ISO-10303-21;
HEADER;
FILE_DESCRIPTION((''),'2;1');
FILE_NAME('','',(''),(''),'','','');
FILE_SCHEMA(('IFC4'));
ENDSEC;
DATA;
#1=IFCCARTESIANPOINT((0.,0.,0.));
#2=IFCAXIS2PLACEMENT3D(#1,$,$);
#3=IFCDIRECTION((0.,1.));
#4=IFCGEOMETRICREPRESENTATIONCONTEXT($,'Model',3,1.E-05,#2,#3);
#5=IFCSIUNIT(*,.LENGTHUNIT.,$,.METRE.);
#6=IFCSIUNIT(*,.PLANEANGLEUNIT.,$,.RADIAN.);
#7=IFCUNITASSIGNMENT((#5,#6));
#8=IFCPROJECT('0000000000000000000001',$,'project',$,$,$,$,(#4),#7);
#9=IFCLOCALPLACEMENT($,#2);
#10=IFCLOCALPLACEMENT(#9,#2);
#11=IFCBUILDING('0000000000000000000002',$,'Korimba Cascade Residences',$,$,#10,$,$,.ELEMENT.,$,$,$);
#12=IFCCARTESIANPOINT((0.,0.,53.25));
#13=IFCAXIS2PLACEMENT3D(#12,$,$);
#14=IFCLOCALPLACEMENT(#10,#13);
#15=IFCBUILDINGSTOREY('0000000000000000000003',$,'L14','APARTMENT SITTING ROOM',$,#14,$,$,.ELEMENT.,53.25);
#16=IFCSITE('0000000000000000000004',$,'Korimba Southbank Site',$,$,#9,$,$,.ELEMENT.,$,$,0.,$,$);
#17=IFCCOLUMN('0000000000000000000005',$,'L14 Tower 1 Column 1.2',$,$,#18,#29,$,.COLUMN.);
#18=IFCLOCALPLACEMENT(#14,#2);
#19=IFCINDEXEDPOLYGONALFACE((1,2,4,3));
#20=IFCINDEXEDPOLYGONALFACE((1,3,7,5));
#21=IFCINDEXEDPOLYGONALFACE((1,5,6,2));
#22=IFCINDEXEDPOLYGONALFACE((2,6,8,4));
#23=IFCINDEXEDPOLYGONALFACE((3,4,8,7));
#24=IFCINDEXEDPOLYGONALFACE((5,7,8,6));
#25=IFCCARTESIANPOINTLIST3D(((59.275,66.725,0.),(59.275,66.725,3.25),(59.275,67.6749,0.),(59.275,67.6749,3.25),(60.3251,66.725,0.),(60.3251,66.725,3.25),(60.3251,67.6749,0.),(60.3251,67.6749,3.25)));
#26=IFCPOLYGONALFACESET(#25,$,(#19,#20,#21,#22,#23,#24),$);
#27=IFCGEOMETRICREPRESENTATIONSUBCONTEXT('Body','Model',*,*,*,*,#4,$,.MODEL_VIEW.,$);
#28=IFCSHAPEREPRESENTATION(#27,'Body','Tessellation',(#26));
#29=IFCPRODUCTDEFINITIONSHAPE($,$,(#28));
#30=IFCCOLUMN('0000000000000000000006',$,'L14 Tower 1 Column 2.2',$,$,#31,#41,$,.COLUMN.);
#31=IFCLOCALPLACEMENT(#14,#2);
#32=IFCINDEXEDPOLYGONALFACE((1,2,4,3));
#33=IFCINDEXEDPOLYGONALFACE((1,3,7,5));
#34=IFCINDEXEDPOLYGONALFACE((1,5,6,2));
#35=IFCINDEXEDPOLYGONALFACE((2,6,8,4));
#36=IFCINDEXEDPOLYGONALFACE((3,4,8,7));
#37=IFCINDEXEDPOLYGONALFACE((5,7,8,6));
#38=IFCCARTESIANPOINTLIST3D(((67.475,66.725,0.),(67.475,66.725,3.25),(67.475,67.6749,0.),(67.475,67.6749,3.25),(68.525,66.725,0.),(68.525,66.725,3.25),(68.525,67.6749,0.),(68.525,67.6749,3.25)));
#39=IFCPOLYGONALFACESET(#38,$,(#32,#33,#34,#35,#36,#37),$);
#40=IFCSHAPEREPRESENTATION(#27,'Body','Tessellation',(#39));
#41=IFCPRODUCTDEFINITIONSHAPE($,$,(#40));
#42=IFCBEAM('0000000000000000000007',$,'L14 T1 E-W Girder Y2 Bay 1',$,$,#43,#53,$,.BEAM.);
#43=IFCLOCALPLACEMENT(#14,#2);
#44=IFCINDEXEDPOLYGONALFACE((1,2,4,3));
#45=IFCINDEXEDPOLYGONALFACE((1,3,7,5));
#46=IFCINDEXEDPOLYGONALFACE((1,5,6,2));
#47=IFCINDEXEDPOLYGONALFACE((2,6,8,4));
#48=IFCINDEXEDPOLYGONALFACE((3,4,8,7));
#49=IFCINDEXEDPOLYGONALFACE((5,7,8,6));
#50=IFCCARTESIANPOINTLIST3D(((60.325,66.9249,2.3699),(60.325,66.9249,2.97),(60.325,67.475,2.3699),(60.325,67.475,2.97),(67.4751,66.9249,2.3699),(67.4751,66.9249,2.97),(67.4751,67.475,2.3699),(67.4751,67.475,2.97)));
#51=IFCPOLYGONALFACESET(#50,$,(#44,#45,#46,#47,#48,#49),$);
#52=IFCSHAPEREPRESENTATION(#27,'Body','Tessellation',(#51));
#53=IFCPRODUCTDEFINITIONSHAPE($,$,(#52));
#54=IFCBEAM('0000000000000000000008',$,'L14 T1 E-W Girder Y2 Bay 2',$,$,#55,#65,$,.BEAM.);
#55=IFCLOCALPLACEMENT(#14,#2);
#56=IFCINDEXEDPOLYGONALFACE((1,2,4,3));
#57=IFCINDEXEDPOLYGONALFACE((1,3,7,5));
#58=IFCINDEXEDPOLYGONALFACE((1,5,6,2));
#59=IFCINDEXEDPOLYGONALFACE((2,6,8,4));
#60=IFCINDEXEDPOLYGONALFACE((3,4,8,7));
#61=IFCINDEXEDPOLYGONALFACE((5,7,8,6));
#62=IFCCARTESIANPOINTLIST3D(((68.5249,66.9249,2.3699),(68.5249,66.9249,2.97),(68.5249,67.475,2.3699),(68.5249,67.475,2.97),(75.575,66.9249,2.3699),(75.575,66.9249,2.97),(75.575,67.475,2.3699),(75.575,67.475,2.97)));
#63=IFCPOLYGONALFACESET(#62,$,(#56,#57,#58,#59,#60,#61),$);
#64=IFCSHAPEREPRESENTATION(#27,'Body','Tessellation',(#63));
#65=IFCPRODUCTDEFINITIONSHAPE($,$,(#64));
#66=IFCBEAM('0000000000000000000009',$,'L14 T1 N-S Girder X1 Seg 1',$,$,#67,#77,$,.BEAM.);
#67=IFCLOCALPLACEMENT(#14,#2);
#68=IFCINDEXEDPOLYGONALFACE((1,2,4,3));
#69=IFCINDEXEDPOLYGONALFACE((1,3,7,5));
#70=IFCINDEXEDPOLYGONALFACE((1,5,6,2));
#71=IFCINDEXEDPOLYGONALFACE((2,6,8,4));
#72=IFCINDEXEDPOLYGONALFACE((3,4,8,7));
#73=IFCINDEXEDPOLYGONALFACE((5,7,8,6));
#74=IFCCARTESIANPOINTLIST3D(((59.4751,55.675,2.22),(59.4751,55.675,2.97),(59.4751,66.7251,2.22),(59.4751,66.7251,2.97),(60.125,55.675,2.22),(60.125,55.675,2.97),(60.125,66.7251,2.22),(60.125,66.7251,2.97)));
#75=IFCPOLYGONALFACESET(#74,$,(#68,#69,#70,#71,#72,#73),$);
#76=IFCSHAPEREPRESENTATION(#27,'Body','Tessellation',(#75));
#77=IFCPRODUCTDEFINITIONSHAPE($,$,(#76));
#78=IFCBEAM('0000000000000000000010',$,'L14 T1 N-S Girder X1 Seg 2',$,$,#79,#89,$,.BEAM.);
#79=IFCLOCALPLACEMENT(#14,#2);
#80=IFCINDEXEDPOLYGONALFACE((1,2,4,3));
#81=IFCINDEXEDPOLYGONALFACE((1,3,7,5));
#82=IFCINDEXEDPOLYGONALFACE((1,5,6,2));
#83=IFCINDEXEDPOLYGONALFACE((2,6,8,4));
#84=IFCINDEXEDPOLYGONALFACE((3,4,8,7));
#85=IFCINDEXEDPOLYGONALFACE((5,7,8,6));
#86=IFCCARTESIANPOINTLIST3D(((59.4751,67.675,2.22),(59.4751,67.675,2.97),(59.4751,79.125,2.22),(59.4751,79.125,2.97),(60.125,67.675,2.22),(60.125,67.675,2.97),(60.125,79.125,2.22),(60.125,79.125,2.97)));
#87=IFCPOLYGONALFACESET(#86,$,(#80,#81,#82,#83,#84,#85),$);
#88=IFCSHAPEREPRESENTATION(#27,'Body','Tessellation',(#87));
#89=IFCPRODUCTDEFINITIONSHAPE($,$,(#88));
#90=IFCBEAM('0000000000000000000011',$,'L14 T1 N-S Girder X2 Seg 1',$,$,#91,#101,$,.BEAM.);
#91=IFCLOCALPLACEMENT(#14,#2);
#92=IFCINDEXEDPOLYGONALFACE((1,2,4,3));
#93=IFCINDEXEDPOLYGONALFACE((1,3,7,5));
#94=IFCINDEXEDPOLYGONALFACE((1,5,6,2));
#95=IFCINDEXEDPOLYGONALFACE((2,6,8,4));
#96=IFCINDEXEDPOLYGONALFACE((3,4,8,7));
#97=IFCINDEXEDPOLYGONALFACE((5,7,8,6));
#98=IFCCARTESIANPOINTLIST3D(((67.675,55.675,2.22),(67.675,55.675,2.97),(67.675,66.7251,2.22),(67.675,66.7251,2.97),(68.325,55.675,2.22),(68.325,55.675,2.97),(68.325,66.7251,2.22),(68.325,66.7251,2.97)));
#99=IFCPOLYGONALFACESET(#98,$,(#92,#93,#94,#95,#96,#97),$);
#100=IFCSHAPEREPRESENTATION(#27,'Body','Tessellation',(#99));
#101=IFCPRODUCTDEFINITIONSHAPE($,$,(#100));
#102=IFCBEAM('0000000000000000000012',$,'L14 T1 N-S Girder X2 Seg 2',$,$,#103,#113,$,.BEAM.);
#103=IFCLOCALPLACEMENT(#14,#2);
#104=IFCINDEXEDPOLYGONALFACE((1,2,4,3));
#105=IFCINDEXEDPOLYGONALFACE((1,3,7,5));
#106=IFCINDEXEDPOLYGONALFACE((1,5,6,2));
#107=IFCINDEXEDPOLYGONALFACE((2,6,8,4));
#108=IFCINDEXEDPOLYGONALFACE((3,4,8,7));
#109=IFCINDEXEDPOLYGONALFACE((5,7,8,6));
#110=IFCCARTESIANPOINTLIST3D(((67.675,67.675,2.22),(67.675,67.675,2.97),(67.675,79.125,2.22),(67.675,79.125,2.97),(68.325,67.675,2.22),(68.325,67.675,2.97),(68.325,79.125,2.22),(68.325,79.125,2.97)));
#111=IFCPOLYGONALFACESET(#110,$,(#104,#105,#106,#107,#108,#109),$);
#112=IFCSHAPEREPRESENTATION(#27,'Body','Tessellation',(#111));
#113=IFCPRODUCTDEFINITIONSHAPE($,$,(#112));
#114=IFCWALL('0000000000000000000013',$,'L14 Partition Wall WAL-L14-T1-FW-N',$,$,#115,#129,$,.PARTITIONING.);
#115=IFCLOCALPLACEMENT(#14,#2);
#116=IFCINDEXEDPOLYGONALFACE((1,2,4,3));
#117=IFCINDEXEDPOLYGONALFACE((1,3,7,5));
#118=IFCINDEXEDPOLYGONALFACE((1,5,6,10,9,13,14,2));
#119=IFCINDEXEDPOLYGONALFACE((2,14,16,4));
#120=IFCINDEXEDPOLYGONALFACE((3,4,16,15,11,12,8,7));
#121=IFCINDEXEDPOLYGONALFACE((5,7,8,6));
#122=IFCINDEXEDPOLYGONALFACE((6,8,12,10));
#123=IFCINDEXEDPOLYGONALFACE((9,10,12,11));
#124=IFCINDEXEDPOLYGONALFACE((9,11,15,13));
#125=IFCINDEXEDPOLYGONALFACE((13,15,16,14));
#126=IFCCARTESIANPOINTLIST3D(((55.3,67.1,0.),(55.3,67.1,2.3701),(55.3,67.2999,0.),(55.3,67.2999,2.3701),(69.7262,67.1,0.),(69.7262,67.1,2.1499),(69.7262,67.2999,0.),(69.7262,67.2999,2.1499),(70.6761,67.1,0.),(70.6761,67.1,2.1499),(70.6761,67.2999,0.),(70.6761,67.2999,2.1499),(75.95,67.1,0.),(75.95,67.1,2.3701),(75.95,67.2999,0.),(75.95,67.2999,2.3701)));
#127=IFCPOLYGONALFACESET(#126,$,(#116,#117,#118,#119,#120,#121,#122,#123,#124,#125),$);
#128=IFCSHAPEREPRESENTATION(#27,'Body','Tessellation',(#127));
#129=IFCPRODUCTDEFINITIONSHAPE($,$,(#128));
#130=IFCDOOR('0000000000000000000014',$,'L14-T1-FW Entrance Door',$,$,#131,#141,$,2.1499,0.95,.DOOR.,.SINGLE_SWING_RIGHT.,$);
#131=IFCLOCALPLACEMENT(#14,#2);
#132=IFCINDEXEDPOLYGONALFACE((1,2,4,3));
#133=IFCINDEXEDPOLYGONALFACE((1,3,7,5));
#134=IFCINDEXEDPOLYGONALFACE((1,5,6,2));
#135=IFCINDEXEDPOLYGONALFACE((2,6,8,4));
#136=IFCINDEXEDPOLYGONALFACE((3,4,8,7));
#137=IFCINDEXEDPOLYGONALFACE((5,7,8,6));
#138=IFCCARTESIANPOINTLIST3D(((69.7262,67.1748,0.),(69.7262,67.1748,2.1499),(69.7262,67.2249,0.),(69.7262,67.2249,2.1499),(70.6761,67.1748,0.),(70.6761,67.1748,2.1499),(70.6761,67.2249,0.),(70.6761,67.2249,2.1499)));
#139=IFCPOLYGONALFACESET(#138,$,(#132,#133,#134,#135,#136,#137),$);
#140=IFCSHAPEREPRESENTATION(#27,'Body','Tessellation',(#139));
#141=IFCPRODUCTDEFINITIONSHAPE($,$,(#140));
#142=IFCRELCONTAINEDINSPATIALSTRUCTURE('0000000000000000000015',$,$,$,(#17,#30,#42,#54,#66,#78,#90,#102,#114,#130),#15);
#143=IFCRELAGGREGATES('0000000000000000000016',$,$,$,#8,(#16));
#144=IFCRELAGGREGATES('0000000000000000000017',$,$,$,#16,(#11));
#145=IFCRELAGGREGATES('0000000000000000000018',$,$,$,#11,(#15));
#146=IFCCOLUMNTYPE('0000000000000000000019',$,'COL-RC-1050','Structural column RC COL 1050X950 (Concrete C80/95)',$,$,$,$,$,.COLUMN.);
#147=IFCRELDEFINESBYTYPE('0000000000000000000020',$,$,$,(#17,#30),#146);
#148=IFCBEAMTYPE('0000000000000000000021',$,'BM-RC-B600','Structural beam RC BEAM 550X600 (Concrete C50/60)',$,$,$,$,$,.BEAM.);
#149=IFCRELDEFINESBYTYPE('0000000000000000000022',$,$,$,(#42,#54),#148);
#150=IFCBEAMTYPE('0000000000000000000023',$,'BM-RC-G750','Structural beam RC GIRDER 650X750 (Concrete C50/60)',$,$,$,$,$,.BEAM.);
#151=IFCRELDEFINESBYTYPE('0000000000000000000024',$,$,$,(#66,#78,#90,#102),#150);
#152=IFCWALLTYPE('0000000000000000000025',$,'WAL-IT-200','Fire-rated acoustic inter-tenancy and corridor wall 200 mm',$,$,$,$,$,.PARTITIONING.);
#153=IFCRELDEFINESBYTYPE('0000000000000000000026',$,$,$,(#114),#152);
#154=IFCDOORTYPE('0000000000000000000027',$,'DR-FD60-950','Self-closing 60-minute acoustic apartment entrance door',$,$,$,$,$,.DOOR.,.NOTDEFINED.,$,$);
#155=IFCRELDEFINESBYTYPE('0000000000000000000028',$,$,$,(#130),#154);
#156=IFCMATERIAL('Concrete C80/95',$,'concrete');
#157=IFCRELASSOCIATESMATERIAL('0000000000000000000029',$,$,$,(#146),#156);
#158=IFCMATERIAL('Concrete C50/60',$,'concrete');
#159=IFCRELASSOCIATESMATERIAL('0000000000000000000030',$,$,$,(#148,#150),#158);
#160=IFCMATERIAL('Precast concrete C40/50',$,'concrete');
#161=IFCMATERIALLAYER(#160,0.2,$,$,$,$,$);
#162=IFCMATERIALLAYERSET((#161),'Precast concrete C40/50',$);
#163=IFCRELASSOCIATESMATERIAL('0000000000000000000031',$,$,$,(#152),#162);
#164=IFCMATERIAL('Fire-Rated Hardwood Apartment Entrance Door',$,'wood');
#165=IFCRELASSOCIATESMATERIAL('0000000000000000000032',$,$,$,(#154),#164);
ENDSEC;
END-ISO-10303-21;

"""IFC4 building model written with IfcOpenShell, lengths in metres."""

from ifc_helpers import new_model, si_unit, direction, frame, frame_2d, origin, origin_2d, place, context, subcontext, project, spatial, rectangle, extrude, material, layer, layer_set, material_profile, profile_set, type_object, element, fill, save


model = new_model("IFC4")

# Units and contexts
model_context = context("Model", 3, precision=1e-05, world=origin(), true_north=direction((0.0, 1.0)))
body_context = subcontext(model_context, "Body", "Model", "MODEL_VIEW")
ifc_project = project(units=[si_unit("LENGTHUNIT", "METRE"), si_unit("PLANEANGLEUNIT", "RADIAN")], contexts=[model_context])

# Site, building, storey
site_placement = place(None, origin())
site = spatial("IfcSite", under=ifc_project, at=site_placement, Name="Korimba Southbank Site", CompositionType="ELEMENT", RefElevation=0.0)
building_placement = place(site_placement, origin())
building = spatial("IfcBuilding", under=site, at=building_placement, Name="Korimba Cascade Residences", CompositionType="ELEMENT")
storey_placement = place(building_placement, frame((0.0, 0.0, 53.25)))
storey = spatial("IfcBuildingStorey", under=building, at=storey_placement, Name="L14", Description="APARTMENT SITTING ROOM", CompositionType="ELEMENT", Elevation=53.25)

# Columns
ifc_material_1 = material(Name="Concrete C80/95", Category="concrete")
ifc_material_profile_1 = material_profile(ifc_material_1, rectangle(XDim=1.05, YDim=0.95, at=origin_2d()), Name="Concrete C80/95")
ifc_profile_set_1 = profile_set([ifc_material_profile_1], Name="Concrete C80/95")
column_type = type_object("IfcColumnType", Name="COL-RC-1050", Description="Structural column RC COL 1050X950 (Concrete C80/95)", PredefinedType="COLUMN", material=ifc_profile_set_1)
for number, where, z_axis, x_axis, name in (
    (1, (59.8, 67.2, 0.0), (0.0, 0.0, 1.0), (1.0, 0.0, 0.0), "L14 Tower 1 Column 1.2"),
    (2, (68.0, 67.2, 0.0), (0.0, 0.0, 1.0), (1.0, 0.0, 0.0), "L14 Tower 1 Column 2.2"),
):
    element("IfcColumn", number, at=place(storey_placement, frame(where, z_axis=z_axis, x_axis=x_axis)), inside=storey, type_object=column_type, Name=name, PredefinedType="COLUMN", context=body_context, shape_type="SweptSolid", body=[
        extrude(rectangle(XDim=1.05, YDim=0.95, at=origin_2d()), origin(), (0.0, 0.0, 1.0), 3.25),
    ])

# Beams
ifc_material_2 = material(Name="Concrete C50/60", Category="concrete")
ifc_material_profile_2 = material_profile(ifc_material_2, rectangle(XDim=0.55, YDim=0.6001, at=origin_2d()), Name="Concrete C50/60")
ifc_profile_set_2 = profile_set([ifc_material_profile_2], Name="Concrete C50/60")
beam_type_1 = type_object("IfcBeamType", Name="BM-RC-B600", Description="Structural beam RC BEAM 550X600 (Concrete C50/60)", PredefinedType="BEAM", material=ifc_profile_set_2)
beam_1_placement = place(storey_placement, frame((60.325, 67.2, 2.6699), z_axis=(1.0, 0.0, 0.0), x_axis=(0.0, 1.0, 0.0)))
element("IfcBeam", 3, at=beam_1_placement, inside=storey, type_object=beam_type_1, Name="L14 T1 E-W Girder Y2 Bay 1", PredefinedType="BEAM", context=body_context, shape_type="SweptSolid", body=[
    extrude(rectangle(XDim=0.55, YDim=0.6001, at=origin_2d()), origin(), (0.0, 0.0, 1.0), 7.1501),
])
beam_2_placement = place(storey_placement, frame((68.5249, 67.2, 2.6699), z_axis=(1.0, 0.0, 0.0), x_axis=(0.0, 1.0, 0.0)))
element("IfcBeam", 4, at=beam_2_placement, inside=storey, type_object=beam_type_1, Name="L14 T1 E-W Girder Y2 Bay 2", PredefinedType="BEAM", context=body_context, shape_type="SweptSolid", body=[
    extrude(rectangle(XDim=0.55, YDim=0.6001, at=origin_2d()), origin(), (0.0, 0.0, 1.0), 7.05),
])
ifc_material_profile_3 = material_profile(ifc_material_2, rectangle(XDim=0.6499, YDim=0.75, at=origin_2d()), Name="Concrete C50/60")
ifc_profile_set_3 = profile_set([ifc_material_profile_3], Name="Concrete C50/60")
beam_type_2 = type_object("IfcBeamType", Name="BM-RC-G750", Description="Structural beam RC GIRDER 650X750 (Concrete C50/60)", PredefinedType="BEAM", material=ifc_profile_set_3)
beam_3_placement = place(storey_placement, frame((59.8, 55.675, 2.595), z_axis=(0.0, 1.0, 0.0), x_axis=(-1.0, 0.0, 0.0)))
element("IfcBeam", 5, at=beam_3_placement, inside=storey, type_object=beam_type_2, Name="L14 T1 N-S Girder X1 Seg 1", PredefinedType="BEAM", context=body_context, shape_type="SweptSolid", body=[
    extrude(rectangle(XDim=0.6499, YDim=0.75, at=origin_2d()), origin(), (0.0, 0.0, 1.0), 11.05),
])
beam_4_placement = place(storey_placement, frame((59.8, 67.675, 2.595), z_axis=(0.0, 1.0, 0.0), x_axis=(-1.0, 0.0, 0.0)))
element("IfcBeam", 6, at=beam_4_placement, inside=storey, type_object=beam_type_2, Name="L14 T1 N-S Girder X1 Seg 2", PredefinedType="BEAM", context=body_context, shape_type="SweptSolid", body=[
    extrude(rectangle(XDim=0.6499, YDim=0.75, at=origin_2d()), origin(), (0.0, 0.0, 1.0), 11.45),
])
beam_5_placement = place(storey_placement, frame((68.0, 55.675, 2.595), z_axis=(0.0, 1.0, 0.0), x_axis=(-1.0, 0.0, 0.0)))
element("IfcBeam", 7, at=beam_5_placement, inside=storey, type_object=beam_type_2, Name="L14 T1 N-S Girder X2 Seg 1", PredefinedType="BEAM", context=body_context, shape_type="SweptSolid", body=[
    extrude(rectangle(XDim=0.6499, YDim=0.75, at=origin_2d()), origin(), (0.0, 0.0, 1.0), 11.05),
])
beam_6_placement = place(storey_placement, frame((68.0, 67.675, 2.595), z_axis=(0.0, 1.0, 0.0), x_axis=(-1.0, 0.0, 0.0)))
element("IfcBeam", 8, at=beam_6_placement, inside=storey, type_object=beam_type_2, Name="L14 T1 N-S Girder X2 Seg 2", PredefinedType="BEAM", context=body_context, shape_type="SweptSolid", body=[
    extrude(rectangle(XDim=0.6499, YDim=0.75, at=origin_2d()), origin(), (0.0, 0.0, 1.0), 11.45),
])

# Wall, opening, door
ifc_material_3 = material(Name="Precast concrete C40/50", Category="concrete")
ifc_layer_1 = layer(ifc_material_3, 0.2)
ifc_layer_set_1 = layer_set([ifc_layer_1], Name="Precast concrete C40/50")
wall_type_1 = type_object("IfcWallType", Name="WAL-IT-200", Description="Fire-rated acoustic inter-tenancy and corridor wall 200 mm", PredefinedType="PARTITIONING", material=ifc_layer_set_1)
wall_1_placement = place(storey_placement, frame((55.3, 67.2, 0.0), z_axis=(0.0, 0.0, 1.0), x_axis=(1.0, 0.0, 0.0)))
wall_1 = element("IfcWall", 9, at=wall_1_placement, inside=storey, type_object=wall_type_1, Name="L14 Partition Wall WAL-L14-T1-FW-N", PredefinedType="PARTITIONING", context=body_context, shape_type="SweptSolid", body=[
    extrude(rectangle(XDim=20.6499, YDim=0.2, at=frame_2d((10.325, 0.0))), origin(), (0.0, 0.0, 1.0), 2.3701),
])
opening_1_placement = place(wall_1_placement, frame((14.426, 0.0, 0.0)))
opening_1 = element("IfcOpeningElement", 10, at=opening_1_placement, cuts=wall_1, PredefinedType="OPENING", context=body_context, shape_type="SweptSolid", body=[
    extrude(rectangle(XDim=0.95, YDim=2.1499, at=frame_2d((0.4751, 1.075))), frame((0.0, 0.1099, 0.0), z_axis=(0.0, -1.0, 0.0), x_axis=(1.0, 0.0, 0.0)), (0.0, 0.0, 1.0), 0.22),
])
ifc_material_4 = material(Name="Fire-Rated Hardwood Apartment Entrance Door", Category="wood")
door_type_1 = type_object("IfcDoorType", Name="DR-FD60-950", Description="Self-closing 60-minute acoustic apartment entrance door", OperationType="NOTDEFINED", PredefinedType="DOOR", material=ifc_material_4)
door_1_placement = place(opening_1_placement, origin())
door_1 = element("IfcDoor", 11, at=door_1_placement, inside=storey, type_object=door_type_1, Name="L14-T1-FW Entrance Door", OperationType="SINGLE_SWING_RIGHT", OverallHeight=2.1499, OverallWidth=0.95, PredefinedType="DOOR", context=body_context, shape_type="SweptSolid", body=[
    extrude(rectangle(XDim=0.95, YDim=2.1499, at=frame_2d((0.4751, 1.075))), frame((0.0, 0.0249, 0.0), z_axis=(0.0, -1.0, 0.0), x_axis=(1.0, 0.0, 0.0)), (0.0, 0.0, 1.0), 0.05),
])
fill(opening_1, door_1)

save(model, "model.ifc")
